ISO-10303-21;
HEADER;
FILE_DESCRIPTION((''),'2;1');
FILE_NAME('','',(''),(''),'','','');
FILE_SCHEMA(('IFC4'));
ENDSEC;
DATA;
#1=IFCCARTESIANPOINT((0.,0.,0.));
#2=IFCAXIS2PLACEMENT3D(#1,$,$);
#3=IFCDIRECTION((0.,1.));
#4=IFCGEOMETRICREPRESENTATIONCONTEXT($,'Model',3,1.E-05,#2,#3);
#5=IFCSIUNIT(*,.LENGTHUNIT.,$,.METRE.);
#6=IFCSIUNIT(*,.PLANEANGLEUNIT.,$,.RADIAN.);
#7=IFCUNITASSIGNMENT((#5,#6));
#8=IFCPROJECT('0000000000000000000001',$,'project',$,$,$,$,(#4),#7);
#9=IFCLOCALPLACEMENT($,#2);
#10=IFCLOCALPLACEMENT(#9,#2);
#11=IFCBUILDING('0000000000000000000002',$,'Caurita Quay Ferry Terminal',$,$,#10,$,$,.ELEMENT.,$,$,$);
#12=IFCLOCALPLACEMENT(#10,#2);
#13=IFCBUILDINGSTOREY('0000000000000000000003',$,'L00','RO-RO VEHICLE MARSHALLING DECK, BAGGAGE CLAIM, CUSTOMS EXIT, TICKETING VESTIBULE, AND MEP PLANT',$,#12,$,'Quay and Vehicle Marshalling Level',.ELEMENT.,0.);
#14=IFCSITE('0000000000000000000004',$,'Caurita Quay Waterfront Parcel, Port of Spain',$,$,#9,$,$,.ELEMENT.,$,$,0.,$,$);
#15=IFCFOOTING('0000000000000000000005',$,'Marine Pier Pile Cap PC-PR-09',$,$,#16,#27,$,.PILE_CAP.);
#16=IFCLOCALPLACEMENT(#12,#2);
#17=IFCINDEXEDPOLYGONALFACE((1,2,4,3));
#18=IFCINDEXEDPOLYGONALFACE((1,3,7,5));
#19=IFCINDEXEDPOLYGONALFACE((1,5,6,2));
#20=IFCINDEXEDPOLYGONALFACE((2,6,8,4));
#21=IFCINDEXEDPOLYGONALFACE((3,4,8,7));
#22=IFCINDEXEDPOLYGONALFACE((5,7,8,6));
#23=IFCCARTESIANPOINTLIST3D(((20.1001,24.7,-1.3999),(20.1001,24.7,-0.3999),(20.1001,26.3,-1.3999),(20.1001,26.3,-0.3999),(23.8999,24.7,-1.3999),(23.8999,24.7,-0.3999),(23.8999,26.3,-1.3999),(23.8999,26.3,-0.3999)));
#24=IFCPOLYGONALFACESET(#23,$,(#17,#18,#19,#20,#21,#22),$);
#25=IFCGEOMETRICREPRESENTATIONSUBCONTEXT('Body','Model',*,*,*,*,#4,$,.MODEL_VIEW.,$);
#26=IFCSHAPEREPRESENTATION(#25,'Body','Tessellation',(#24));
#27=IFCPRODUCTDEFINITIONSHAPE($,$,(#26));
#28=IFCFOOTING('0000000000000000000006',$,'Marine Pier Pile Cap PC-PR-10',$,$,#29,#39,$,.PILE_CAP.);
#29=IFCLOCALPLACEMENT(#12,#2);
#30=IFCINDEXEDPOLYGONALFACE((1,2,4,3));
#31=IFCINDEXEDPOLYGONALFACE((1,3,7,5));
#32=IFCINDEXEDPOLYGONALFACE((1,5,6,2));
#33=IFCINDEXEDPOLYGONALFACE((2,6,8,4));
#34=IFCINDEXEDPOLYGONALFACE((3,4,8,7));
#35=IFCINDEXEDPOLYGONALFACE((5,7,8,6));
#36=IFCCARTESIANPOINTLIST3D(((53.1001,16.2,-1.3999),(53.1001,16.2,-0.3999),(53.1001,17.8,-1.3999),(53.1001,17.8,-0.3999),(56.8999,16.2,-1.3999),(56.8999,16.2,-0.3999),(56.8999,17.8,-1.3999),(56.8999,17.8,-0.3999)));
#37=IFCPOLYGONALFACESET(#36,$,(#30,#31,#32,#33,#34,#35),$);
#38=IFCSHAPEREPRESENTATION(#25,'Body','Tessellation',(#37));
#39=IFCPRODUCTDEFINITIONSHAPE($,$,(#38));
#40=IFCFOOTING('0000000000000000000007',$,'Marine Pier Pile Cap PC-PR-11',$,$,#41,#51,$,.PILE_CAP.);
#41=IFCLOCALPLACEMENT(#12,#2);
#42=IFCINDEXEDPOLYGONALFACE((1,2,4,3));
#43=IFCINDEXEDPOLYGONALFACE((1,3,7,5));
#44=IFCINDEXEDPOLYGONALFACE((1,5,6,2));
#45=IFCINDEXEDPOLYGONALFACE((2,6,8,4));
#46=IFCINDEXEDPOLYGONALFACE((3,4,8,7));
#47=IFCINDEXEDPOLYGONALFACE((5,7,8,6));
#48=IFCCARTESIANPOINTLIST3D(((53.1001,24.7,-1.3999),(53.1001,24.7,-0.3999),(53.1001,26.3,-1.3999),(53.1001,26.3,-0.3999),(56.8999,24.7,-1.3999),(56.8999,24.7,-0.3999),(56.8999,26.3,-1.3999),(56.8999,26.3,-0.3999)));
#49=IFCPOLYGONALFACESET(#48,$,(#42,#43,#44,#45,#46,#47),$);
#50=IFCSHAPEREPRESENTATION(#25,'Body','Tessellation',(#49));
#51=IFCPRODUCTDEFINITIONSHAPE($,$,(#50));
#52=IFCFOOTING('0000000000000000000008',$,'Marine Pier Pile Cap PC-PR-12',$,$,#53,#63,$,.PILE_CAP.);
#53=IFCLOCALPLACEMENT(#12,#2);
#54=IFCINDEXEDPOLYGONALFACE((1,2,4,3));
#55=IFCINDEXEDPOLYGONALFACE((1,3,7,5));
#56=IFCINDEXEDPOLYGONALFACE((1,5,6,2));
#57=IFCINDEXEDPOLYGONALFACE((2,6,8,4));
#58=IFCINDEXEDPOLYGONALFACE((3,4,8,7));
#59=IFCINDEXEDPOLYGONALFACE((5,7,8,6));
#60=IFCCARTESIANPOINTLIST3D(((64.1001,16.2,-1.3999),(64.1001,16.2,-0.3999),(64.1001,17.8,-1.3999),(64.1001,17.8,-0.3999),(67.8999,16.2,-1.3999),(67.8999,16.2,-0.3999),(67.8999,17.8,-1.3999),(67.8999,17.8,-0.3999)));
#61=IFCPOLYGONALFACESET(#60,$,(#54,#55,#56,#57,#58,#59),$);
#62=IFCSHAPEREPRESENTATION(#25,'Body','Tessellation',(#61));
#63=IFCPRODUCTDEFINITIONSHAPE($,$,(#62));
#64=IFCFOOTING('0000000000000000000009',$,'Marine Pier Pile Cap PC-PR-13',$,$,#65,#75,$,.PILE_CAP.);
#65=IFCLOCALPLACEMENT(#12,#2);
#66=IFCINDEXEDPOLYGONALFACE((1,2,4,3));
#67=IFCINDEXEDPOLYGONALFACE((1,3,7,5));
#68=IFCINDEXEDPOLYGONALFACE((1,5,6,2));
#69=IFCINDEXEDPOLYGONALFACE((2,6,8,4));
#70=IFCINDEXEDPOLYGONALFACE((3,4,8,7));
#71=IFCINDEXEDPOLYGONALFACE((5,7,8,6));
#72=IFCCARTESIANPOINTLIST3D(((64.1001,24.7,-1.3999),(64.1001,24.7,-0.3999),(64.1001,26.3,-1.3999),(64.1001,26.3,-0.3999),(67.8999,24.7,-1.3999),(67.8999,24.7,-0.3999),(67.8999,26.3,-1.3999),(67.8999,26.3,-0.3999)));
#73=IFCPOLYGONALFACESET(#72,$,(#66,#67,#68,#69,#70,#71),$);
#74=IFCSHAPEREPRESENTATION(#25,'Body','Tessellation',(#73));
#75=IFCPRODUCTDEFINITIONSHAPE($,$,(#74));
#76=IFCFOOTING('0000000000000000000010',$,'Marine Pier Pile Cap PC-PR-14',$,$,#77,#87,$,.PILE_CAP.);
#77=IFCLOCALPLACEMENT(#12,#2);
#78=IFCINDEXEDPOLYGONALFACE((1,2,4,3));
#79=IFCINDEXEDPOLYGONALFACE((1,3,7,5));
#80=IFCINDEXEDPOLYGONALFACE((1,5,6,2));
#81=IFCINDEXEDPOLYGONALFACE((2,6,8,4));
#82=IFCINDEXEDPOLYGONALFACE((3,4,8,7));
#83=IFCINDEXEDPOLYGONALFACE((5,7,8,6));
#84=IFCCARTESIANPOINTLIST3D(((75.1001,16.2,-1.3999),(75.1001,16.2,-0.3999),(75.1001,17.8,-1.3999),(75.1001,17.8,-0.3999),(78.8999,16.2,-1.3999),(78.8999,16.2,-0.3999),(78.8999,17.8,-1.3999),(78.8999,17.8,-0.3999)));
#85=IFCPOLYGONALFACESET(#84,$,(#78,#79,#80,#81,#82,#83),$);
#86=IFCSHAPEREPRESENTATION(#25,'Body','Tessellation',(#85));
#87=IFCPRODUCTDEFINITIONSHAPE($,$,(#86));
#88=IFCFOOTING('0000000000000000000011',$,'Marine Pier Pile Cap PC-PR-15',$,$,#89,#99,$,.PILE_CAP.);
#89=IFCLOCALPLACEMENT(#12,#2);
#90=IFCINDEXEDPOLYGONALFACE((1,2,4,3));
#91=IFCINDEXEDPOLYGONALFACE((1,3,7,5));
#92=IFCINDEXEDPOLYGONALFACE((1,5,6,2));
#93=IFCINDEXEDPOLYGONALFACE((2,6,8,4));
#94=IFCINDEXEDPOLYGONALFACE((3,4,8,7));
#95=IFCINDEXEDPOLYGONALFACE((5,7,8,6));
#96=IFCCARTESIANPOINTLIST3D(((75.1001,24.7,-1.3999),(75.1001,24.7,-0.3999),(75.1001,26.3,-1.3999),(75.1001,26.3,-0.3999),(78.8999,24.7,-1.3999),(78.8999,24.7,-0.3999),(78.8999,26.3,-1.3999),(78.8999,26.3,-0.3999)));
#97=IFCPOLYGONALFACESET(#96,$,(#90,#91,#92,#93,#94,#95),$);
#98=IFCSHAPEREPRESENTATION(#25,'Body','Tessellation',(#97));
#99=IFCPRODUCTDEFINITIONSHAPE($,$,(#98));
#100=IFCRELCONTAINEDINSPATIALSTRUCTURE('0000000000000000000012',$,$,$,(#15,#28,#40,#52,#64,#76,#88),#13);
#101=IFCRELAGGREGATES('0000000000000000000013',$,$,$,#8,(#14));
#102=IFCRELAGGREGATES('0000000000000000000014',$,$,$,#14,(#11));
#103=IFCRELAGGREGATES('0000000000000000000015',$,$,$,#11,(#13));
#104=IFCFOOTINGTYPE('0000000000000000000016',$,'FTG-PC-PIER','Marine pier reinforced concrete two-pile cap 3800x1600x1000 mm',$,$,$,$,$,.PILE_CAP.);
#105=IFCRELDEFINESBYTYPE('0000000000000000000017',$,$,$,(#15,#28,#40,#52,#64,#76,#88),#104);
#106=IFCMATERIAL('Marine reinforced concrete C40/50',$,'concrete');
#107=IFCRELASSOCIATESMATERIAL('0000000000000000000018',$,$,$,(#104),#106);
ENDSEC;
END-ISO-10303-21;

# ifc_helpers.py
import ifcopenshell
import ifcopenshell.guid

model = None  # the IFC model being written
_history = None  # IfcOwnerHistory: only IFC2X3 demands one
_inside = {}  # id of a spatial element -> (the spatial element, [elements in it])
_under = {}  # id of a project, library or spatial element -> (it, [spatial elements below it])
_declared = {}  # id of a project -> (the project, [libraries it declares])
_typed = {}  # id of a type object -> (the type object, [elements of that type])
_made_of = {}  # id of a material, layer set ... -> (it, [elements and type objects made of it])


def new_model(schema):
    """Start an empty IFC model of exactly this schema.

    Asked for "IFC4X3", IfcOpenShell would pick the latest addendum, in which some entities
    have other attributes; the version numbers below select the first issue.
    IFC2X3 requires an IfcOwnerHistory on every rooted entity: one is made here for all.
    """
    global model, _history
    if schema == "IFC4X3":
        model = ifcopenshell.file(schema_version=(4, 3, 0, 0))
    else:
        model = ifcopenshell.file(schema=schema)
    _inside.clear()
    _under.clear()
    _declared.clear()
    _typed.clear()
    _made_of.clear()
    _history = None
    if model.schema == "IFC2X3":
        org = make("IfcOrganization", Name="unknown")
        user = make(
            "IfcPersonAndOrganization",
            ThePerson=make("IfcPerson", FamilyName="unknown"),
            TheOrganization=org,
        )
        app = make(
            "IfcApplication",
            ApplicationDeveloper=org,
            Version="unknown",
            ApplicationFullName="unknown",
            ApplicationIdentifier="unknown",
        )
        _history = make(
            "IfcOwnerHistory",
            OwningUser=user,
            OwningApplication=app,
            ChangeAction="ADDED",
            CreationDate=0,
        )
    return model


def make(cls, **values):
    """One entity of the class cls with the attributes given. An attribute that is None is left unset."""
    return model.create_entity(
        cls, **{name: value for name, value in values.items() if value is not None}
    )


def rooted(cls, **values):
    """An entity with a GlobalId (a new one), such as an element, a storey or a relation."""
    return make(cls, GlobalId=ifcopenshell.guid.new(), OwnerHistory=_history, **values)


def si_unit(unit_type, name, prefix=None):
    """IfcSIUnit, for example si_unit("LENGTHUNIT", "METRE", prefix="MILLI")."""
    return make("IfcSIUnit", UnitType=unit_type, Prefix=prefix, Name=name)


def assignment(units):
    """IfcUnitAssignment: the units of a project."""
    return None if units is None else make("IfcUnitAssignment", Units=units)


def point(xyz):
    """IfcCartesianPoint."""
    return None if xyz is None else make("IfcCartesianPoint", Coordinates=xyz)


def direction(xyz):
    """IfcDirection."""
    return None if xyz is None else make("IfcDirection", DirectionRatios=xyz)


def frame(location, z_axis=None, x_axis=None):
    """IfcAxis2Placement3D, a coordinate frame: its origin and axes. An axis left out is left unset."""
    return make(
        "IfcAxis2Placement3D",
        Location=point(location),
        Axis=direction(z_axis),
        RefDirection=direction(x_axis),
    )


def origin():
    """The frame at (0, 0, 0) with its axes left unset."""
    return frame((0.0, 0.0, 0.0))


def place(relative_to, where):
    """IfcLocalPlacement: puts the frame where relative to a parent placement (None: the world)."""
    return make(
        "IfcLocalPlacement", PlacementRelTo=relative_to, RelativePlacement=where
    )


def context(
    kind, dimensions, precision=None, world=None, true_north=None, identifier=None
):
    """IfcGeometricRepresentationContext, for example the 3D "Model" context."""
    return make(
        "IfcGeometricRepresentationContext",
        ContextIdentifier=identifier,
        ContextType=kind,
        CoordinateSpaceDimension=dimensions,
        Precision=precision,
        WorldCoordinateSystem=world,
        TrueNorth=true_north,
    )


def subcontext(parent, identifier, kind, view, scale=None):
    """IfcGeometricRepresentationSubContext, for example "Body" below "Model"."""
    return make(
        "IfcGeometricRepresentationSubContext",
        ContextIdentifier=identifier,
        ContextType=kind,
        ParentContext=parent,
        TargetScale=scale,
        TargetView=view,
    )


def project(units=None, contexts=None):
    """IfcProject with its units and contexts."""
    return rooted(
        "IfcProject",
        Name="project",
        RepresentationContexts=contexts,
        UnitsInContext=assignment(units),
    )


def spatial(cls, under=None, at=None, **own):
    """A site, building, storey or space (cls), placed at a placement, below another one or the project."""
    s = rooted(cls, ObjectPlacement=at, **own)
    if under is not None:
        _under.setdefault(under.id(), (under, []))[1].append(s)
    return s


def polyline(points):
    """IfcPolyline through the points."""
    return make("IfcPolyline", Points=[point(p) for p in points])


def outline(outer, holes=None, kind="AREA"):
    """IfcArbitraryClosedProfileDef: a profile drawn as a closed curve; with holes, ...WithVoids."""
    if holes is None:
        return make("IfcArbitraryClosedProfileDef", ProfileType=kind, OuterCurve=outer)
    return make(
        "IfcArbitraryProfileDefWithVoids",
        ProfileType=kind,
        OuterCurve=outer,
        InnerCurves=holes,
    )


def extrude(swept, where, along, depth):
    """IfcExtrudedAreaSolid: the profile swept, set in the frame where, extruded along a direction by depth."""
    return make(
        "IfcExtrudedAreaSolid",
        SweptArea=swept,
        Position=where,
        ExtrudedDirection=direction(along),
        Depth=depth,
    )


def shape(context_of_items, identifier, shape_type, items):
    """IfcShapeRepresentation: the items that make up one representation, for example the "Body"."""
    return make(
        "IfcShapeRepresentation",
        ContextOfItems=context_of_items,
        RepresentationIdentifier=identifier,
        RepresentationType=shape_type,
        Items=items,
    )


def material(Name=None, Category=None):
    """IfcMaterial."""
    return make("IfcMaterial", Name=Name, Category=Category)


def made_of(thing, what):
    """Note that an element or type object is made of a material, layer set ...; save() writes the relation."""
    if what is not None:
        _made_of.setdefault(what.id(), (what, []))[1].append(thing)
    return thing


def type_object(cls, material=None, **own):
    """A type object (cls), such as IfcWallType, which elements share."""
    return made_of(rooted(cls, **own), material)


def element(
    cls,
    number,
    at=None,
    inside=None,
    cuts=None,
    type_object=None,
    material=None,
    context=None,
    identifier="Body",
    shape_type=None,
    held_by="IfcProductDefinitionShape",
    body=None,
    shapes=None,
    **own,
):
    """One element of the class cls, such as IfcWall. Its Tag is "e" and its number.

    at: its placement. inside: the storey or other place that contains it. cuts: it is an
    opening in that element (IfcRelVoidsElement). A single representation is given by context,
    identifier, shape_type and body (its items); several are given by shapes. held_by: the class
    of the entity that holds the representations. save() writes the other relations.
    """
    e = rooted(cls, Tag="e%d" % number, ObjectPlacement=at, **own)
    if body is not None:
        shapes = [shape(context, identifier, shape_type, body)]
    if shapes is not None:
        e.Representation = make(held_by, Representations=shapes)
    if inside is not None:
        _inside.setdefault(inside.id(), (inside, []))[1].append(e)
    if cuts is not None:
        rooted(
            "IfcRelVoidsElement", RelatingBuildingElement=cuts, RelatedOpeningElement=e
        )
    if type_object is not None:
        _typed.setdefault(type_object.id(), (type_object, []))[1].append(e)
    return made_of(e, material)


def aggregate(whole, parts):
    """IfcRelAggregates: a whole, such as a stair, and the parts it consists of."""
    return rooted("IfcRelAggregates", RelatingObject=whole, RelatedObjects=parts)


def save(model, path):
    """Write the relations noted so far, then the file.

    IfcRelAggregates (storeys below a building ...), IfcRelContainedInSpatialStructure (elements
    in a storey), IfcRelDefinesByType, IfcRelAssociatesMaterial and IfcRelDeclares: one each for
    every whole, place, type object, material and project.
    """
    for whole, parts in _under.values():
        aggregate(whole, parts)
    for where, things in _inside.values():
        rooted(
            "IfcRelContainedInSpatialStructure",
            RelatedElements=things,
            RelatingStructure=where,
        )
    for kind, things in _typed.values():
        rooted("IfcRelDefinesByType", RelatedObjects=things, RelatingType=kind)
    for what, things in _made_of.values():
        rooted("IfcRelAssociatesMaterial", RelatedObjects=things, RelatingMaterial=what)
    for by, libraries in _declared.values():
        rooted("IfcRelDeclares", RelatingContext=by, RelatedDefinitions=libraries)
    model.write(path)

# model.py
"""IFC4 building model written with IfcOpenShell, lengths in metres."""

from ifc_helpers import new_model, si_unit, direction, frame, origin, place, context, subcontext, project, spatial, polyline, outline, extrude, material, type_object, element, save


model = new_model("IFC4")

# Units and contexts
model_context = context("Model", 3, precision=1e-05, world=origin(), true_north=direction((0.0, 1.0)))
body_context = subcontext(model_context, "Body", "Model", "MODEL_VIEW")
ifc_project = project(units=[si_unit("LENGTHUNIT", "METRE"), si_unit("PLANEANGLEUNIT", "RADIAN")], contexts=[model_context])

# Site, building, storey
site_placement = place(None, origin())
site = spatial("IfcSite", under=ifc_project, at=site_placement, Name="Caurita Quay Waterfront Parcel, Port of Spain", CompositionType="ELEMENT", RefElevation=0.0)
building_placement = place(site_placement, origin())
building = spatial("IfcBuilding", under=site, at=building_placement, Name="Caurita Quay Ferry Terminal", CompositionType="ELEMENT")
storey_placement = place(building_placement, origin())
storey = spatial("IfcBuildingStorey", under=building, at=storey_placement, Name="L00", Description="RO-RO VEHICLE MARSHALLING DECK, BAGGAGE CLAIM, CUSTOMS EXIT, TICKETING VESTIBULE, AND MEP PLANT", LongName="Quay and Vehicle Marshalling Level", CompositionType="ELEMENT", Elevation=0.0)

# Footings
ifc_material = material(Name="Marine reinforced concrete C40/50", Category="concrete")
footing_type_1 = type_object("IfcFootingType", Name="FTG-PC-PIER", Description="Marine pier reinforced concrete two-pile cap 3800x1600x1000 mm", PredefinedType="PILE_CAP", material=ifc_material)
footing_1_placement = place(storey_placement, frame((0.0, 0.0, -1.3999)))
element("IfcFooting", 1, at=footing_1_placement, inside=storey, type_object=footing_type_1, Name="Marine Pier Pile Cap PC-PR-09", PredefinedType="PILE_CAP", context=body_context, shape_type="SweptSolid", body=[
    extrude(outline(polyline([(20.1001, 24.7), (23.8999, 24.7), (23.8999, 26.3), (20.1001, 26.3), (20.1001, 24.7)])), origin(), (0.0, 0.0, 1.0), 1.0),
])
footing_2_placement = place(storey_placement, frame((0.0, 0.0, -1.3999)))
element("IfcFooting", 2, at=footing_2_placement, inside=storey, type_object=footing_type_1, Name="Marine Pier Pile Cap PC-PR-10", PredefinedType="PILE_CAP", context=body_context, shape_type="SweptSolid", body=[
    extrude(outline(polyline([(53.1001, 16.2), (56.8999, 16.2), (56.8999, 17.8), (53.1001, 17.8), (53.1001, 16.2)])), origin(), (0.0, 0.0, 1.0), 1.0),
])
footing_3_placement = place(storey_placement, frame((0.0, 0.0, -1.3999)))
element("IfcFooting", 3, at=footing_3_placement, inside=storey, type_object=footing_type_1, Name="Marine Pier Pile Cap PC-PR-11", PredefinedType="PILE_CAP", context=body_context, shape_type="SweptSolid", body=[
    extrude(outline(polyline([(53.1001, 24.7), (56.8999, 24.7), (56.8999, 26.3), (53.1001, 26.3), (53.1001, 24.7)])), origin(), (0.0, 0.0, 1.0), 1.0),
])
footing_4_placement = place(storey_placement, frame((0.0, 0.0, -1.3999)))
element("IfcFooting", 4, at=footing_4_placement, inside=storey, type_object=footing_type_1, Name="Marine Pier Pile Cap PC-PR-12", PredefinedType="PILE_CAP", context=body_context, shape_type="SweptSolid", body=[
    extrude(outline(polyline([(64.1001, 16.2), (67.8999, 16.2), (67.8999, 17.8), (64.1001, 17.8), (64.1001, 16.2)])), origin(), (0.0, 0.0, 1.0), 1.0),
])
footing_5_placement = place(storey_placement, frame((0.0, 0.0, -1.3999)))
element("IfcFooting", 5, at=footing_5_placement, inside=storey, type_object=footing_type_1, Name="Marine Pier Pile Cap PC-PR-13", PredefinedType="PILE_CAP", context=body_context, shape_type="SweptSolid", body=[
    extrude(outline(polyline([(64.1001, 24.7), (67.8999, 24.7), (67.8999, 26.3), (64.1001, 26.3), (64.1001, 24.7)])), origin(), (0.0, 0.0, 1.0), 1.0),
])
footing_6_placement = place(storey_placement, frame((0.0, 0.0, -1.3999)))
element("IfcFooting", 6, at=footing_6_placement, inside=storey, type_object=footing_type_1, Name="Marine Pier Pile Cap PC-PR-14", PredefinedType="PILE_CAP", context=body_context, shape_type="SweptSolid", body=[
    extrude(outline(polyline([(75.1001, 16.2), (78.8999, 16.2), (78.8999, 17.8), (75.1001, 17.8), (75.1001, 16.2)])), origin(), (0.0, 0.0, 1.0), 1.0),
])
footing_7_placement = place(storey_placement, frame((0.0, 0.0, -1.3999)))
element("IfcFooting", 7, at=footing_7_placement, inside=storey, type_object=footing_type_1, Name="Marine Pier Pile Cap PC-PR-15", PredefinedType="PILE_CAP", context=body_context, shape_type="SweptSolid", body=[
    extrude(outline(polyline([(75.1001, 24.7), (78.8999, 24.7), (78.8999, 26.3), (75.1001, 26.3), (75.1001, 24.7)])), origin(), (0.0, 0.0, 1.0), 1.0),
])

save(model, "model.ifc")
